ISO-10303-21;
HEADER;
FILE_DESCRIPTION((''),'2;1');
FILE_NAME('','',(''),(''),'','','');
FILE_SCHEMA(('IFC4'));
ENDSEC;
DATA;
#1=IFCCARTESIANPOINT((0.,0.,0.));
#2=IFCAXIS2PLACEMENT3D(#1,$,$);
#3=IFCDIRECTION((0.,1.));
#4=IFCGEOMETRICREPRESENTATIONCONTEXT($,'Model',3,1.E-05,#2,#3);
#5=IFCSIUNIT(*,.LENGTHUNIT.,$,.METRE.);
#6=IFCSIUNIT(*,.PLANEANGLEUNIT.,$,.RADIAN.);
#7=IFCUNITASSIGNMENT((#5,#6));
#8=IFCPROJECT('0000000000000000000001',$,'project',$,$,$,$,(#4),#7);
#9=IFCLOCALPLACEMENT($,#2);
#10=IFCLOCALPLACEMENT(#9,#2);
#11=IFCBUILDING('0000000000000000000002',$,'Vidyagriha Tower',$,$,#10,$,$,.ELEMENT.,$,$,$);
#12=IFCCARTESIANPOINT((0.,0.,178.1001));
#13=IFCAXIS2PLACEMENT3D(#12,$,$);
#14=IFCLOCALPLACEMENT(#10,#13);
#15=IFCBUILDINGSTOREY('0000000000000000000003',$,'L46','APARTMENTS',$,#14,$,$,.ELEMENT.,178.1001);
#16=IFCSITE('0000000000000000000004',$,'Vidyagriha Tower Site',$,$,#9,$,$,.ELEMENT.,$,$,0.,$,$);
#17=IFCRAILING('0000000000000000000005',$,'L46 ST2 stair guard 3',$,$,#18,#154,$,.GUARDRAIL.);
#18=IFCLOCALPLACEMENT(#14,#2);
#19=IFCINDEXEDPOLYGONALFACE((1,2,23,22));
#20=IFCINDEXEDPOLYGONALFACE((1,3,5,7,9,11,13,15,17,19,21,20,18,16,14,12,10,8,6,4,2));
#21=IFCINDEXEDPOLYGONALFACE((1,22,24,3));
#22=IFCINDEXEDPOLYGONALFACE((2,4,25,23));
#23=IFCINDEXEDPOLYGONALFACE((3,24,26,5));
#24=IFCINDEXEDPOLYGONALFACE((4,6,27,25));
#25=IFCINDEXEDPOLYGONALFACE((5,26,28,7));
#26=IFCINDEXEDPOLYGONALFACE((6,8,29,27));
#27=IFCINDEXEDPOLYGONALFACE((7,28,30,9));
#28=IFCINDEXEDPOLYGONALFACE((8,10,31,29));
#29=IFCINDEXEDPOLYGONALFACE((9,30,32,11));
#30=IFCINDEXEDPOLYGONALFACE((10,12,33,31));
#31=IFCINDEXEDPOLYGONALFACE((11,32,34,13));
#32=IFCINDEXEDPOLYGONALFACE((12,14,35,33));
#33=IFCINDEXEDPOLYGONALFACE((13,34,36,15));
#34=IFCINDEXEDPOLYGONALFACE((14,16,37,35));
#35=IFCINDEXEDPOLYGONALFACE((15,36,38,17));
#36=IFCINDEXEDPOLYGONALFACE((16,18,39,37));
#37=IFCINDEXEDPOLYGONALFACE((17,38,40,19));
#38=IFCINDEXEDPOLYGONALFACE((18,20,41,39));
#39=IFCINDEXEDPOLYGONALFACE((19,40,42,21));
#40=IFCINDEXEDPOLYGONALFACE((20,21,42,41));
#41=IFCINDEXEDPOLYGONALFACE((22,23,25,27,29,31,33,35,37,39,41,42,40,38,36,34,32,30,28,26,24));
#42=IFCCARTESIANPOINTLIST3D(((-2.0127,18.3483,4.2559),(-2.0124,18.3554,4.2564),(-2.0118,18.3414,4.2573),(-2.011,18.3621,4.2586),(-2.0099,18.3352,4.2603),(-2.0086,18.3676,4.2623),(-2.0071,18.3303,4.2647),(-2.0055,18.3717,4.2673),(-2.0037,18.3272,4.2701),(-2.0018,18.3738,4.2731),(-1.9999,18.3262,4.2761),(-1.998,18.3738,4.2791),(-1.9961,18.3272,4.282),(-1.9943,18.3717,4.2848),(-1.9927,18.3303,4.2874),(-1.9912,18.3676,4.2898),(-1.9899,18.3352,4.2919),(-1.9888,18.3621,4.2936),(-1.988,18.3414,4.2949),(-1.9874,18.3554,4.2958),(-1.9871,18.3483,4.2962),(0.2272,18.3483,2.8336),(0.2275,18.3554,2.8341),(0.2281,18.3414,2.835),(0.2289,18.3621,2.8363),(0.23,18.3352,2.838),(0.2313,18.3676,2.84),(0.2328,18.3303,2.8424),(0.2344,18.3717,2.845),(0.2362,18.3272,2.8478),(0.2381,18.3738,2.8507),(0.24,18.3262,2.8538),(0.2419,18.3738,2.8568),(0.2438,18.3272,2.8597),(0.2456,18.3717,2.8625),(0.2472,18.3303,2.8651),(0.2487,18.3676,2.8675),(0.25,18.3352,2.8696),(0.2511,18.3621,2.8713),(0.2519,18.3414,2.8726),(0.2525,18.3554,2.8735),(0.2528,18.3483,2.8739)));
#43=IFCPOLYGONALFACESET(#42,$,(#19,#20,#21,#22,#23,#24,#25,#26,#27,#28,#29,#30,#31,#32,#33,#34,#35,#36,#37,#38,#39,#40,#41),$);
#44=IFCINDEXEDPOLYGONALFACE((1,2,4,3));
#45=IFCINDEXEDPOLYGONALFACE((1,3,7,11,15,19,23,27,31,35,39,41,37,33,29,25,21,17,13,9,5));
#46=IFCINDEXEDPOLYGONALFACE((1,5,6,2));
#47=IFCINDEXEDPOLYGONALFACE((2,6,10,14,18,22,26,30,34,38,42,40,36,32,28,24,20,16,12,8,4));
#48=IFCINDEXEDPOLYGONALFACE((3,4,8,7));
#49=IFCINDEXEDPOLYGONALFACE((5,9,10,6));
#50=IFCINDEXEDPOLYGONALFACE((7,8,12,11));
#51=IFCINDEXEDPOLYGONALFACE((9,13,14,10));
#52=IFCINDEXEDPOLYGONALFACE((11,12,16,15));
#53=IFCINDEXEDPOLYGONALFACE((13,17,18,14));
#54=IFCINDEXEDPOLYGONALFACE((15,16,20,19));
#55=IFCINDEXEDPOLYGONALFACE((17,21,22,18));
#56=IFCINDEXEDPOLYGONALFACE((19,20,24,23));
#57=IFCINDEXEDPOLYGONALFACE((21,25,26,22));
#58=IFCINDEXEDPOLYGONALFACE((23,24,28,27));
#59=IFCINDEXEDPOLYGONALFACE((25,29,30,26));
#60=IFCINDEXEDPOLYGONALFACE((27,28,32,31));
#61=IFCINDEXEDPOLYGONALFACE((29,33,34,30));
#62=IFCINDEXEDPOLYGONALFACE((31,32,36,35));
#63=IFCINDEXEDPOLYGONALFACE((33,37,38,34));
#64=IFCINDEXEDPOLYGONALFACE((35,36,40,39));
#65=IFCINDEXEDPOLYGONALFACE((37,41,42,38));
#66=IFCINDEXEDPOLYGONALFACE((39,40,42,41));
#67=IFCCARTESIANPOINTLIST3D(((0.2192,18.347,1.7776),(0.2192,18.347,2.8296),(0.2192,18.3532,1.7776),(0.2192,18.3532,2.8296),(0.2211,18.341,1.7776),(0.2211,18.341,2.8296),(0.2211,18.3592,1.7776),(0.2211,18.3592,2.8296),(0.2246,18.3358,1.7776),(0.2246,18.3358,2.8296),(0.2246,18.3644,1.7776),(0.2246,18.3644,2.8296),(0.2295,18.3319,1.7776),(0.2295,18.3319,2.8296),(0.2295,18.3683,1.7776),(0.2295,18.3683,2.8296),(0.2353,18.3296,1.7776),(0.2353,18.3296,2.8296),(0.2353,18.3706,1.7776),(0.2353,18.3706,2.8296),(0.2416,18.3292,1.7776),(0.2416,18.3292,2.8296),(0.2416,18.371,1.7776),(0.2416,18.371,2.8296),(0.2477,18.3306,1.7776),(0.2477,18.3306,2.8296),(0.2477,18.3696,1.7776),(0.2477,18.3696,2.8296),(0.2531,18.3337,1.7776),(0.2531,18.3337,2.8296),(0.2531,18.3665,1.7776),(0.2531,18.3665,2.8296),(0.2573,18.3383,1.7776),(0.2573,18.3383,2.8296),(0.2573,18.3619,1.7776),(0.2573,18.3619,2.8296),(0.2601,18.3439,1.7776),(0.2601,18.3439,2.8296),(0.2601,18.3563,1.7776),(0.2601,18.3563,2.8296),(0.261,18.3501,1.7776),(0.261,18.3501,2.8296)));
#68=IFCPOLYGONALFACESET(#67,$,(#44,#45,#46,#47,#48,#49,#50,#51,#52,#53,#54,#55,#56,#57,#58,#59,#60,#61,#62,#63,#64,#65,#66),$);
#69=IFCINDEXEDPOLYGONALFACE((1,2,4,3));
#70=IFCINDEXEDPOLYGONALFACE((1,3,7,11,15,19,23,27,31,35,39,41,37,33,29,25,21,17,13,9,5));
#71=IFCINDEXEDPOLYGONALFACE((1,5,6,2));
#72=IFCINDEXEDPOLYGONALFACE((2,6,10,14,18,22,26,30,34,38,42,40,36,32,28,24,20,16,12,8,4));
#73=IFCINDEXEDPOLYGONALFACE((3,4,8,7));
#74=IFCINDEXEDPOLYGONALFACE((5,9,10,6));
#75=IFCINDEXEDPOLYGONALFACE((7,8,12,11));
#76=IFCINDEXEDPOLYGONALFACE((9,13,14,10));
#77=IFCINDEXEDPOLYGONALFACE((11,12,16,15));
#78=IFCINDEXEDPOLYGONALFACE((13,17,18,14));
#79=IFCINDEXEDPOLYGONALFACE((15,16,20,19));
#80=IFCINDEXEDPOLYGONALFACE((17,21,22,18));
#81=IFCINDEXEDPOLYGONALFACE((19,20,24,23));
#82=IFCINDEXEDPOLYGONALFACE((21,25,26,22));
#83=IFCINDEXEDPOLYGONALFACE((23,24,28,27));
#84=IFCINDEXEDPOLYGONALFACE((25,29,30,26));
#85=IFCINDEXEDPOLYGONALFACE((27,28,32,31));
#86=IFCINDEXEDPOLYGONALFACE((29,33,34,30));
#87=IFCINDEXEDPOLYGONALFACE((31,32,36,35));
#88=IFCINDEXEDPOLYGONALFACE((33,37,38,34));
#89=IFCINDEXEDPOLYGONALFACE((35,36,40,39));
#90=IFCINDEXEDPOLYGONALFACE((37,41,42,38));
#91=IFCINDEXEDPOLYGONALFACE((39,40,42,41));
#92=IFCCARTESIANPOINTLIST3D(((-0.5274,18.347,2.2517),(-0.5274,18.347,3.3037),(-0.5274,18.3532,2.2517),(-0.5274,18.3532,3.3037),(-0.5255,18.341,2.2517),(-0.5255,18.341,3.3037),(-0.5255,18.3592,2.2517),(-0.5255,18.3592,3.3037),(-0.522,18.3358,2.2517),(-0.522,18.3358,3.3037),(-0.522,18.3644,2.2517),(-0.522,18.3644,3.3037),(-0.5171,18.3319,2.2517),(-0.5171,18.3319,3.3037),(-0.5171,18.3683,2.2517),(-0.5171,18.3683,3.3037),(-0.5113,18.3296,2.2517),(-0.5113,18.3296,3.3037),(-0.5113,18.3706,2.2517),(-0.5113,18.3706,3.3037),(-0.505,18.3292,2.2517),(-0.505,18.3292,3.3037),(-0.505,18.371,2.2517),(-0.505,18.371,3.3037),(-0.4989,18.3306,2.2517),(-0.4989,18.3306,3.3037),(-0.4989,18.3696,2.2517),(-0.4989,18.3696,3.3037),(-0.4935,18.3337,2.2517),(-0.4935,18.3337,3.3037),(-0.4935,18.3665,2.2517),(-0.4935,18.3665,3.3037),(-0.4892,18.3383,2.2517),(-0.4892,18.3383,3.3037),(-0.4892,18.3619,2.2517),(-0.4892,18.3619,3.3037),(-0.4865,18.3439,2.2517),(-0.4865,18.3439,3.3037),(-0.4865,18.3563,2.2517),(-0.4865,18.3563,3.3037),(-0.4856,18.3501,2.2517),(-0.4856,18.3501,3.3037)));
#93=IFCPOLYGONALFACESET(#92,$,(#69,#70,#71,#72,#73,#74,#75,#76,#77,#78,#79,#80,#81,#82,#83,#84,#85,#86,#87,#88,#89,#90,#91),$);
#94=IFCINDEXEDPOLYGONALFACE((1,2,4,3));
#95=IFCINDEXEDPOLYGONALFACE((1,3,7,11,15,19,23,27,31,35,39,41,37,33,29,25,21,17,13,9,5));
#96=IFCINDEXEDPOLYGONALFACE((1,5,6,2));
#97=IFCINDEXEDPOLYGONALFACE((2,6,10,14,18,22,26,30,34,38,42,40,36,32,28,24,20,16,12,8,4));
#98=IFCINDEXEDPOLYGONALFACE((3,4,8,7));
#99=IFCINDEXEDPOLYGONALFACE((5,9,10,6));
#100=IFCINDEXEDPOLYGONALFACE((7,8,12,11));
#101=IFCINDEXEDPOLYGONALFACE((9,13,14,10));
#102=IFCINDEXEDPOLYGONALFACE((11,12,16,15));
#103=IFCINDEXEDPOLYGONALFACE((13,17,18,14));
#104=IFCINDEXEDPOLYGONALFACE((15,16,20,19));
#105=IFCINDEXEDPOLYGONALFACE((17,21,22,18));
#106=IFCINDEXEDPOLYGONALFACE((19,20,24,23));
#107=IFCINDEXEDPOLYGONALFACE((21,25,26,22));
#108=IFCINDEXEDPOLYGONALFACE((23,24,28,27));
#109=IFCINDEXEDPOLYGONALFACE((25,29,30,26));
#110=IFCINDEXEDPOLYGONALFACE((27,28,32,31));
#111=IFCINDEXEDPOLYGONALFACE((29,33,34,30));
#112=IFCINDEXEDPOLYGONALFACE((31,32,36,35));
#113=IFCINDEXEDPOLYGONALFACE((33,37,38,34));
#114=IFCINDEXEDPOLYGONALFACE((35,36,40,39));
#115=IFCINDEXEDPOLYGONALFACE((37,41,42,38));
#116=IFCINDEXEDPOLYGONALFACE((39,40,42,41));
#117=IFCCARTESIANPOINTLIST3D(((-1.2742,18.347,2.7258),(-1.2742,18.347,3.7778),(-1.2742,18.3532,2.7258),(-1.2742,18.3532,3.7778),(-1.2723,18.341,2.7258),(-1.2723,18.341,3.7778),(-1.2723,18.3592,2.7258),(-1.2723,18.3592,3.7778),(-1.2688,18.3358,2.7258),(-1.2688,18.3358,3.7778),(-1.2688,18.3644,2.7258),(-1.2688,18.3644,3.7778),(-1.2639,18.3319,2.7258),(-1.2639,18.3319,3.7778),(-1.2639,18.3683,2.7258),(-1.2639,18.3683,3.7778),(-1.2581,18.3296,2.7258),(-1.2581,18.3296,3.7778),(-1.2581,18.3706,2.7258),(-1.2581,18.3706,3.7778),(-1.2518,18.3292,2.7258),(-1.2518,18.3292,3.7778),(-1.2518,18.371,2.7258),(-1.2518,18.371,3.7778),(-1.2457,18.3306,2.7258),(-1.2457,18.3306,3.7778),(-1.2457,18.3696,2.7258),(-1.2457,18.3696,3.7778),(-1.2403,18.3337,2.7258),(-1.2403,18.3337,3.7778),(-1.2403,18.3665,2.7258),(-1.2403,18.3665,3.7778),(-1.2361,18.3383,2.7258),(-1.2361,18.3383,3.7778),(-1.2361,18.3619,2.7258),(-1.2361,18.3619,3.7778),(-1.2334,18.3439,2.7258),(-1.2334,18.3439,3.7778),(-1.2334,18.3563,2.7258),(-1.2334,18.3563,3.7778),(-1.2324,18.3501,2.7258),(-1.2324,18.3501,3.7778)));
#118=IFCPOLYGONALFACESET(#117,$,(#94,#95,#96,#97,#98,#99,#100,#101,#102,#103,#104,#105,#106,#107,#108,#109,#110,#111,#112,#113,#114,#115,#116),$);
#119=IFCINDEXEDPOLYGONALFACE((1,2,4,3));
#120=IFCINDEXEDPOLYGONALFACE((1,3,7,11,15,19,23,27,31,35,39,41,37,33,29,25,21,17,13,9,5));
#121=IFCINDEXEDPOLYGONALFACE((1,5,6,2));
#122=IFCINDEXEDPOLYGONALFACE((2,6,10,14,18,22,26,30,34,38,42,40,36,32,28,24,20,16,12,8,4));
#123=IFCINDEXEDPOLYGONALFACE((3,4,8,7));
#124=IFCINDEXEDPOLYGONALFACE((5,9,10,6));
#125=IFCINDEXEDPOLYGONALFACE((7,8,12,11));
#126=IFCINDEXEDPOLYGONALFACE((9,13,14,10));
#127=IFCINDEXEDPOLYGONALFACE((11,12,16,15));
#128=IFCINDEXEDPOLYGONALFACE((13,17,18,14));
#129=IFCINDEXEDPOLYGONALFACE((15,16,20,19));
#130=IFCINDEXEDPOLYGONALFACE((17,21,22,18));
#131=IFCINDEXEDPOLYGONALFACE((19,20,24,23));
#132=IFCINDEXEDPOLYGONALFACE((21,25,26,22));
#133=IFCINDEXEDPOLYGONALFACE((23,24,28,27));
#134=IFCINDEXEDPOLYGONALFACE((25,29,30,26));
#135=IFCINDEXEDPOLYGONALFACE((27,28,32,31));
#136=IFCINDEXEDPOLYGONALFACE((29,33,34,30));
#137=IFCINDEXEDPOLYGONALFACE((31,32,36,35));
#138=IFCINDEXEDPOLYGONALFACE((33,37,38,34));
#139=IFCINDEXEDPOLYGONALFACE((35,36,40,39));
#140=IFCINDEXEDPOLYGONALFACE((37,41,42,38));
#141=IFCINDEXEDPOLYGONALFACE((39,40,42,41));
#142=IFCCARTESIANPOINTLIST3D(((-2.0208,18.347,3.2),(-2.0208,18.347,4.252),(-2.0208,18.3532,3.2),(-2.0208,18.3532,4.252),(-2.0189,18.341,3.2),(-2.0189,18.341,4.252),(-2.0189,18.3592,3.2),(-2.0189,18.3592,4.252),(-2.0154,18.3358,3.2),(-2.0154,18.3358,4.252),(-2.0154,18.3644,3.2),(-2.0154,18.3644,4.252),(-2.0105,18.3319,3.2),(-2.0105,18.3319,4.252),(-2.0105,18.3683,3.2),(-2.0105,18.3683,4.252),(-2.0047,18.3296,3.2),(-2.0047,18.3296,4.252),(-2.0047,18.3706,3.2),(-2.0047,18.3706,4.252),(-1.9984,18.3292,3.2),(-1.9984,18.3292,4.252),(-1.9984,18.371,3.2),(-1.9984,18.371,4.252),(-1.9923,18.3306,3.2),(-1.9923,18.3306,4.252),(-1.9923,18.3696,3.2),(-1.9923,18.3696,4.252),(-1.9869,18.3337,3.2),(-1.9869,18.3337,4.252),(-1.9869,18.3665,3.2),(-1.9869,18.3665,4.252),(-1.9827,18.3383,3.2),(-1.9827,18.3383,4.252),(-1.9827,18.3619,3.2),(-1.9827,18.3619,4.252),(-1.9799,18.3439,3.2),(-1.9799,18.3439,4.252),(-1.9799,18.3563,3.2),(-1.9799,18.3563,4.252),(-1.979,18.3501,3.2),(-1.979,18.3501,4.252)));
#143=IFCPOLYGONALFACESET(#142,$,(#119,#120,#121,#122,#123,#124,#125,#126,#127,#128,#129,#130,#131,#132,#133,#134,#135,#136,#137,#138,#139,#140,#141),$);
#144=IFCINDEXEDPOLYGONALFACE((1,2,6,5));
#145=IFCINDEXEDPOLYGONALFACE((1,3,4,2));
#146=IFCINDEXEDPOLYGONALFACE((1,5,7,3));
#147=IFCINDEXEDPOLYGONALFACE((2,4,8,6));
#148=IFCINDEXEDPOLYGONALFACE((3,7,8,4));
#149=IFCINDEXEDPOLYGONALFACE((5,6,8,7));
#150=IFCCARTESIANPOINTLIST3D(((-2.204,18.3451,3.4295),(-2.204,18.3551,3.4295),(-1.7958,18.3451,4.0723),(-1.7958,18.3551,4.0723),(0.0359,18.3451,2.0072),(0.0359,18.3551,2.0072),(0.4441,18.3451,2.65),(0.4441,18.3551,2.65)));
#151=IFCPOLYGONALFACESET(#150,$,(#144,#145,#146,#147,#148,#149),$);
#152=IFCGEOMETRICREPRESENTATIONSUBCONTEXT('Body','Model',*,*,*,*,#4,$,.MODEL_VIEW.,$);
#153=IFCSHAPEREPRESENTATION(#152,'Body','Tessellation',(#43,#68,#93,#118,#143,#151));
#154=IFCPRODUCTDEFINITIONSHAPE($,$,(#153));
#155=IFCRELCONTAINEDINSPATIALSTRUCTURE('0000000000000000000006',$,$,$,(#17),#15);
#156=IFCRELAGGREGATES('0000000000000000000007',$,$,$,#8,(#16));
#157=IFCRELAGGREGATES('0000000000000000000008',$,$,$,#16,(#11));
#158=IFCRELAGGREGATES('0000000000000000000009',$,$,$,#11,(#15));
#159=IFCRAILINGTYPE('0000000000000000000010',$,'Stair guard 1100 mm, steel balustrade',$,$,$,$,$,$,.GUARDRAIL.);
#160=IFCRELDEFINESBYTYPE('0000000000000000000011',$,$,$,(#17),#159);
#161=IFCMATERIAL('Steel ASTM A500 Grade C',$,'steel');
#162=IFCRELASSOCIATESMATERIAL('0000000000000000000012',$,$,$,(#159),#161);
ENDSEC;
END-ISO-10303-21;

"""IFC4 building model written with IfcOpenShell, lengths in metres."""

from ifc_helpers import new_model, si_unit, direction, frame, origin, origin_2d, place, context, subcontext, project, spatial, rectangle, circle, extrude, material, type_object, element, save


model = new_model("IFC4")

# Units and contexts
model_context = context("Model", 3, precision=1e-05, world=origin(), true_north=direction((0.0, 1.0)))
body_context = subcontext(model_context, "Body", "Model", "MODEL_VIEW")
ifc_project = project(units=[si_unit("LENGTHUNIT", "METRE"), si_unit("PLANEANGLEUNIT", "RADIAN")], contexts=[model_context])

# Site, building, storey
site_placement = place(None, origin())
site = spatial("IfcSite", under=ifc_project, at=site_placement, Name="Vidyagriha Tower Site", CompositionType="ELEMENT", RefElevation=0.0)
building_placement = place(site_placement, origin())
building = spatial("IfcBuilding", under=site, at=building_placement, Name="Vidyagriha Tower", CompositionType="ELEMENT")
storey_placement = place(building_placement, frame((0.0, 0.0, 178.1001)))
storey = spatial("IfcBuildingStorey", under=building, at=storey_placement, Name="L46", Description="APARTMENTS", CompositionType="ELEMENT", Elevation=178.1001)

# Railing
ifc_material_1 = material(Name="Steel ASTM A500 Grade C", Category="steel")
railing_type_1 = type_object("IfcRailingType", Name="Stair guard 1100 mm, steel balustrade", PredefinedType="GUARDRAIL", material=ifc_material_1)
railing_1_placement = place(storey_placement, frame((0.24, 18.3501, 1.7776)))
element("IfcRailing", 1, at=railing_1_placement, inside=storey, type_object=railing_type_1, Name="L46 ST2 stair guard 3", PredefinedType="GUARDRAIL", context=body_context, shape_type="SweptSolid", body=[
    extrude(circle(Radius=0.0239, at=origin_2d()), frame((0.0, 0.0, 1.0762), z_axis=(-0.844188, 0.0, 0.536048), x_axis=(0.0, -1.0, 0.0)), (0.0, 0.0, 1.0), 2.6533),
    extrude(circle(Radius=0.021, at=origin_2d()), origin(), (0.0, 0.0, 1.0), 1.052),
    extrude(circle(Radius=0.021, at=origin_2d()), frame((-0.7466, 0.0, 0.4741)), (0.0, 0.0, 1.0), 1.052),
    extrude(circle(Radius=0.021, at=origin_2d()), frame((-1.4934, 0.0, 0.9482)), (0.0, 0.0, 1.0), 1.052),
    extrude(circle(Radius=0.021, at=origin_2d()), frame((-2.24, 0.0, 1.4224)), (0.0, 0.0, 1.0), 1.052),
    extrude(rectangle(XDim=0.01, YDim=0.7615, at=origin_2d()), frame((0.0, 0.0, 0.551), z_axis=(-0.844188, 0.0, 0.536048), x_axis=(0.0, -1.0, 0.0)), (0.0, 0.0, 1.0), 2.6533),
])

save(model, "model.ifc")
